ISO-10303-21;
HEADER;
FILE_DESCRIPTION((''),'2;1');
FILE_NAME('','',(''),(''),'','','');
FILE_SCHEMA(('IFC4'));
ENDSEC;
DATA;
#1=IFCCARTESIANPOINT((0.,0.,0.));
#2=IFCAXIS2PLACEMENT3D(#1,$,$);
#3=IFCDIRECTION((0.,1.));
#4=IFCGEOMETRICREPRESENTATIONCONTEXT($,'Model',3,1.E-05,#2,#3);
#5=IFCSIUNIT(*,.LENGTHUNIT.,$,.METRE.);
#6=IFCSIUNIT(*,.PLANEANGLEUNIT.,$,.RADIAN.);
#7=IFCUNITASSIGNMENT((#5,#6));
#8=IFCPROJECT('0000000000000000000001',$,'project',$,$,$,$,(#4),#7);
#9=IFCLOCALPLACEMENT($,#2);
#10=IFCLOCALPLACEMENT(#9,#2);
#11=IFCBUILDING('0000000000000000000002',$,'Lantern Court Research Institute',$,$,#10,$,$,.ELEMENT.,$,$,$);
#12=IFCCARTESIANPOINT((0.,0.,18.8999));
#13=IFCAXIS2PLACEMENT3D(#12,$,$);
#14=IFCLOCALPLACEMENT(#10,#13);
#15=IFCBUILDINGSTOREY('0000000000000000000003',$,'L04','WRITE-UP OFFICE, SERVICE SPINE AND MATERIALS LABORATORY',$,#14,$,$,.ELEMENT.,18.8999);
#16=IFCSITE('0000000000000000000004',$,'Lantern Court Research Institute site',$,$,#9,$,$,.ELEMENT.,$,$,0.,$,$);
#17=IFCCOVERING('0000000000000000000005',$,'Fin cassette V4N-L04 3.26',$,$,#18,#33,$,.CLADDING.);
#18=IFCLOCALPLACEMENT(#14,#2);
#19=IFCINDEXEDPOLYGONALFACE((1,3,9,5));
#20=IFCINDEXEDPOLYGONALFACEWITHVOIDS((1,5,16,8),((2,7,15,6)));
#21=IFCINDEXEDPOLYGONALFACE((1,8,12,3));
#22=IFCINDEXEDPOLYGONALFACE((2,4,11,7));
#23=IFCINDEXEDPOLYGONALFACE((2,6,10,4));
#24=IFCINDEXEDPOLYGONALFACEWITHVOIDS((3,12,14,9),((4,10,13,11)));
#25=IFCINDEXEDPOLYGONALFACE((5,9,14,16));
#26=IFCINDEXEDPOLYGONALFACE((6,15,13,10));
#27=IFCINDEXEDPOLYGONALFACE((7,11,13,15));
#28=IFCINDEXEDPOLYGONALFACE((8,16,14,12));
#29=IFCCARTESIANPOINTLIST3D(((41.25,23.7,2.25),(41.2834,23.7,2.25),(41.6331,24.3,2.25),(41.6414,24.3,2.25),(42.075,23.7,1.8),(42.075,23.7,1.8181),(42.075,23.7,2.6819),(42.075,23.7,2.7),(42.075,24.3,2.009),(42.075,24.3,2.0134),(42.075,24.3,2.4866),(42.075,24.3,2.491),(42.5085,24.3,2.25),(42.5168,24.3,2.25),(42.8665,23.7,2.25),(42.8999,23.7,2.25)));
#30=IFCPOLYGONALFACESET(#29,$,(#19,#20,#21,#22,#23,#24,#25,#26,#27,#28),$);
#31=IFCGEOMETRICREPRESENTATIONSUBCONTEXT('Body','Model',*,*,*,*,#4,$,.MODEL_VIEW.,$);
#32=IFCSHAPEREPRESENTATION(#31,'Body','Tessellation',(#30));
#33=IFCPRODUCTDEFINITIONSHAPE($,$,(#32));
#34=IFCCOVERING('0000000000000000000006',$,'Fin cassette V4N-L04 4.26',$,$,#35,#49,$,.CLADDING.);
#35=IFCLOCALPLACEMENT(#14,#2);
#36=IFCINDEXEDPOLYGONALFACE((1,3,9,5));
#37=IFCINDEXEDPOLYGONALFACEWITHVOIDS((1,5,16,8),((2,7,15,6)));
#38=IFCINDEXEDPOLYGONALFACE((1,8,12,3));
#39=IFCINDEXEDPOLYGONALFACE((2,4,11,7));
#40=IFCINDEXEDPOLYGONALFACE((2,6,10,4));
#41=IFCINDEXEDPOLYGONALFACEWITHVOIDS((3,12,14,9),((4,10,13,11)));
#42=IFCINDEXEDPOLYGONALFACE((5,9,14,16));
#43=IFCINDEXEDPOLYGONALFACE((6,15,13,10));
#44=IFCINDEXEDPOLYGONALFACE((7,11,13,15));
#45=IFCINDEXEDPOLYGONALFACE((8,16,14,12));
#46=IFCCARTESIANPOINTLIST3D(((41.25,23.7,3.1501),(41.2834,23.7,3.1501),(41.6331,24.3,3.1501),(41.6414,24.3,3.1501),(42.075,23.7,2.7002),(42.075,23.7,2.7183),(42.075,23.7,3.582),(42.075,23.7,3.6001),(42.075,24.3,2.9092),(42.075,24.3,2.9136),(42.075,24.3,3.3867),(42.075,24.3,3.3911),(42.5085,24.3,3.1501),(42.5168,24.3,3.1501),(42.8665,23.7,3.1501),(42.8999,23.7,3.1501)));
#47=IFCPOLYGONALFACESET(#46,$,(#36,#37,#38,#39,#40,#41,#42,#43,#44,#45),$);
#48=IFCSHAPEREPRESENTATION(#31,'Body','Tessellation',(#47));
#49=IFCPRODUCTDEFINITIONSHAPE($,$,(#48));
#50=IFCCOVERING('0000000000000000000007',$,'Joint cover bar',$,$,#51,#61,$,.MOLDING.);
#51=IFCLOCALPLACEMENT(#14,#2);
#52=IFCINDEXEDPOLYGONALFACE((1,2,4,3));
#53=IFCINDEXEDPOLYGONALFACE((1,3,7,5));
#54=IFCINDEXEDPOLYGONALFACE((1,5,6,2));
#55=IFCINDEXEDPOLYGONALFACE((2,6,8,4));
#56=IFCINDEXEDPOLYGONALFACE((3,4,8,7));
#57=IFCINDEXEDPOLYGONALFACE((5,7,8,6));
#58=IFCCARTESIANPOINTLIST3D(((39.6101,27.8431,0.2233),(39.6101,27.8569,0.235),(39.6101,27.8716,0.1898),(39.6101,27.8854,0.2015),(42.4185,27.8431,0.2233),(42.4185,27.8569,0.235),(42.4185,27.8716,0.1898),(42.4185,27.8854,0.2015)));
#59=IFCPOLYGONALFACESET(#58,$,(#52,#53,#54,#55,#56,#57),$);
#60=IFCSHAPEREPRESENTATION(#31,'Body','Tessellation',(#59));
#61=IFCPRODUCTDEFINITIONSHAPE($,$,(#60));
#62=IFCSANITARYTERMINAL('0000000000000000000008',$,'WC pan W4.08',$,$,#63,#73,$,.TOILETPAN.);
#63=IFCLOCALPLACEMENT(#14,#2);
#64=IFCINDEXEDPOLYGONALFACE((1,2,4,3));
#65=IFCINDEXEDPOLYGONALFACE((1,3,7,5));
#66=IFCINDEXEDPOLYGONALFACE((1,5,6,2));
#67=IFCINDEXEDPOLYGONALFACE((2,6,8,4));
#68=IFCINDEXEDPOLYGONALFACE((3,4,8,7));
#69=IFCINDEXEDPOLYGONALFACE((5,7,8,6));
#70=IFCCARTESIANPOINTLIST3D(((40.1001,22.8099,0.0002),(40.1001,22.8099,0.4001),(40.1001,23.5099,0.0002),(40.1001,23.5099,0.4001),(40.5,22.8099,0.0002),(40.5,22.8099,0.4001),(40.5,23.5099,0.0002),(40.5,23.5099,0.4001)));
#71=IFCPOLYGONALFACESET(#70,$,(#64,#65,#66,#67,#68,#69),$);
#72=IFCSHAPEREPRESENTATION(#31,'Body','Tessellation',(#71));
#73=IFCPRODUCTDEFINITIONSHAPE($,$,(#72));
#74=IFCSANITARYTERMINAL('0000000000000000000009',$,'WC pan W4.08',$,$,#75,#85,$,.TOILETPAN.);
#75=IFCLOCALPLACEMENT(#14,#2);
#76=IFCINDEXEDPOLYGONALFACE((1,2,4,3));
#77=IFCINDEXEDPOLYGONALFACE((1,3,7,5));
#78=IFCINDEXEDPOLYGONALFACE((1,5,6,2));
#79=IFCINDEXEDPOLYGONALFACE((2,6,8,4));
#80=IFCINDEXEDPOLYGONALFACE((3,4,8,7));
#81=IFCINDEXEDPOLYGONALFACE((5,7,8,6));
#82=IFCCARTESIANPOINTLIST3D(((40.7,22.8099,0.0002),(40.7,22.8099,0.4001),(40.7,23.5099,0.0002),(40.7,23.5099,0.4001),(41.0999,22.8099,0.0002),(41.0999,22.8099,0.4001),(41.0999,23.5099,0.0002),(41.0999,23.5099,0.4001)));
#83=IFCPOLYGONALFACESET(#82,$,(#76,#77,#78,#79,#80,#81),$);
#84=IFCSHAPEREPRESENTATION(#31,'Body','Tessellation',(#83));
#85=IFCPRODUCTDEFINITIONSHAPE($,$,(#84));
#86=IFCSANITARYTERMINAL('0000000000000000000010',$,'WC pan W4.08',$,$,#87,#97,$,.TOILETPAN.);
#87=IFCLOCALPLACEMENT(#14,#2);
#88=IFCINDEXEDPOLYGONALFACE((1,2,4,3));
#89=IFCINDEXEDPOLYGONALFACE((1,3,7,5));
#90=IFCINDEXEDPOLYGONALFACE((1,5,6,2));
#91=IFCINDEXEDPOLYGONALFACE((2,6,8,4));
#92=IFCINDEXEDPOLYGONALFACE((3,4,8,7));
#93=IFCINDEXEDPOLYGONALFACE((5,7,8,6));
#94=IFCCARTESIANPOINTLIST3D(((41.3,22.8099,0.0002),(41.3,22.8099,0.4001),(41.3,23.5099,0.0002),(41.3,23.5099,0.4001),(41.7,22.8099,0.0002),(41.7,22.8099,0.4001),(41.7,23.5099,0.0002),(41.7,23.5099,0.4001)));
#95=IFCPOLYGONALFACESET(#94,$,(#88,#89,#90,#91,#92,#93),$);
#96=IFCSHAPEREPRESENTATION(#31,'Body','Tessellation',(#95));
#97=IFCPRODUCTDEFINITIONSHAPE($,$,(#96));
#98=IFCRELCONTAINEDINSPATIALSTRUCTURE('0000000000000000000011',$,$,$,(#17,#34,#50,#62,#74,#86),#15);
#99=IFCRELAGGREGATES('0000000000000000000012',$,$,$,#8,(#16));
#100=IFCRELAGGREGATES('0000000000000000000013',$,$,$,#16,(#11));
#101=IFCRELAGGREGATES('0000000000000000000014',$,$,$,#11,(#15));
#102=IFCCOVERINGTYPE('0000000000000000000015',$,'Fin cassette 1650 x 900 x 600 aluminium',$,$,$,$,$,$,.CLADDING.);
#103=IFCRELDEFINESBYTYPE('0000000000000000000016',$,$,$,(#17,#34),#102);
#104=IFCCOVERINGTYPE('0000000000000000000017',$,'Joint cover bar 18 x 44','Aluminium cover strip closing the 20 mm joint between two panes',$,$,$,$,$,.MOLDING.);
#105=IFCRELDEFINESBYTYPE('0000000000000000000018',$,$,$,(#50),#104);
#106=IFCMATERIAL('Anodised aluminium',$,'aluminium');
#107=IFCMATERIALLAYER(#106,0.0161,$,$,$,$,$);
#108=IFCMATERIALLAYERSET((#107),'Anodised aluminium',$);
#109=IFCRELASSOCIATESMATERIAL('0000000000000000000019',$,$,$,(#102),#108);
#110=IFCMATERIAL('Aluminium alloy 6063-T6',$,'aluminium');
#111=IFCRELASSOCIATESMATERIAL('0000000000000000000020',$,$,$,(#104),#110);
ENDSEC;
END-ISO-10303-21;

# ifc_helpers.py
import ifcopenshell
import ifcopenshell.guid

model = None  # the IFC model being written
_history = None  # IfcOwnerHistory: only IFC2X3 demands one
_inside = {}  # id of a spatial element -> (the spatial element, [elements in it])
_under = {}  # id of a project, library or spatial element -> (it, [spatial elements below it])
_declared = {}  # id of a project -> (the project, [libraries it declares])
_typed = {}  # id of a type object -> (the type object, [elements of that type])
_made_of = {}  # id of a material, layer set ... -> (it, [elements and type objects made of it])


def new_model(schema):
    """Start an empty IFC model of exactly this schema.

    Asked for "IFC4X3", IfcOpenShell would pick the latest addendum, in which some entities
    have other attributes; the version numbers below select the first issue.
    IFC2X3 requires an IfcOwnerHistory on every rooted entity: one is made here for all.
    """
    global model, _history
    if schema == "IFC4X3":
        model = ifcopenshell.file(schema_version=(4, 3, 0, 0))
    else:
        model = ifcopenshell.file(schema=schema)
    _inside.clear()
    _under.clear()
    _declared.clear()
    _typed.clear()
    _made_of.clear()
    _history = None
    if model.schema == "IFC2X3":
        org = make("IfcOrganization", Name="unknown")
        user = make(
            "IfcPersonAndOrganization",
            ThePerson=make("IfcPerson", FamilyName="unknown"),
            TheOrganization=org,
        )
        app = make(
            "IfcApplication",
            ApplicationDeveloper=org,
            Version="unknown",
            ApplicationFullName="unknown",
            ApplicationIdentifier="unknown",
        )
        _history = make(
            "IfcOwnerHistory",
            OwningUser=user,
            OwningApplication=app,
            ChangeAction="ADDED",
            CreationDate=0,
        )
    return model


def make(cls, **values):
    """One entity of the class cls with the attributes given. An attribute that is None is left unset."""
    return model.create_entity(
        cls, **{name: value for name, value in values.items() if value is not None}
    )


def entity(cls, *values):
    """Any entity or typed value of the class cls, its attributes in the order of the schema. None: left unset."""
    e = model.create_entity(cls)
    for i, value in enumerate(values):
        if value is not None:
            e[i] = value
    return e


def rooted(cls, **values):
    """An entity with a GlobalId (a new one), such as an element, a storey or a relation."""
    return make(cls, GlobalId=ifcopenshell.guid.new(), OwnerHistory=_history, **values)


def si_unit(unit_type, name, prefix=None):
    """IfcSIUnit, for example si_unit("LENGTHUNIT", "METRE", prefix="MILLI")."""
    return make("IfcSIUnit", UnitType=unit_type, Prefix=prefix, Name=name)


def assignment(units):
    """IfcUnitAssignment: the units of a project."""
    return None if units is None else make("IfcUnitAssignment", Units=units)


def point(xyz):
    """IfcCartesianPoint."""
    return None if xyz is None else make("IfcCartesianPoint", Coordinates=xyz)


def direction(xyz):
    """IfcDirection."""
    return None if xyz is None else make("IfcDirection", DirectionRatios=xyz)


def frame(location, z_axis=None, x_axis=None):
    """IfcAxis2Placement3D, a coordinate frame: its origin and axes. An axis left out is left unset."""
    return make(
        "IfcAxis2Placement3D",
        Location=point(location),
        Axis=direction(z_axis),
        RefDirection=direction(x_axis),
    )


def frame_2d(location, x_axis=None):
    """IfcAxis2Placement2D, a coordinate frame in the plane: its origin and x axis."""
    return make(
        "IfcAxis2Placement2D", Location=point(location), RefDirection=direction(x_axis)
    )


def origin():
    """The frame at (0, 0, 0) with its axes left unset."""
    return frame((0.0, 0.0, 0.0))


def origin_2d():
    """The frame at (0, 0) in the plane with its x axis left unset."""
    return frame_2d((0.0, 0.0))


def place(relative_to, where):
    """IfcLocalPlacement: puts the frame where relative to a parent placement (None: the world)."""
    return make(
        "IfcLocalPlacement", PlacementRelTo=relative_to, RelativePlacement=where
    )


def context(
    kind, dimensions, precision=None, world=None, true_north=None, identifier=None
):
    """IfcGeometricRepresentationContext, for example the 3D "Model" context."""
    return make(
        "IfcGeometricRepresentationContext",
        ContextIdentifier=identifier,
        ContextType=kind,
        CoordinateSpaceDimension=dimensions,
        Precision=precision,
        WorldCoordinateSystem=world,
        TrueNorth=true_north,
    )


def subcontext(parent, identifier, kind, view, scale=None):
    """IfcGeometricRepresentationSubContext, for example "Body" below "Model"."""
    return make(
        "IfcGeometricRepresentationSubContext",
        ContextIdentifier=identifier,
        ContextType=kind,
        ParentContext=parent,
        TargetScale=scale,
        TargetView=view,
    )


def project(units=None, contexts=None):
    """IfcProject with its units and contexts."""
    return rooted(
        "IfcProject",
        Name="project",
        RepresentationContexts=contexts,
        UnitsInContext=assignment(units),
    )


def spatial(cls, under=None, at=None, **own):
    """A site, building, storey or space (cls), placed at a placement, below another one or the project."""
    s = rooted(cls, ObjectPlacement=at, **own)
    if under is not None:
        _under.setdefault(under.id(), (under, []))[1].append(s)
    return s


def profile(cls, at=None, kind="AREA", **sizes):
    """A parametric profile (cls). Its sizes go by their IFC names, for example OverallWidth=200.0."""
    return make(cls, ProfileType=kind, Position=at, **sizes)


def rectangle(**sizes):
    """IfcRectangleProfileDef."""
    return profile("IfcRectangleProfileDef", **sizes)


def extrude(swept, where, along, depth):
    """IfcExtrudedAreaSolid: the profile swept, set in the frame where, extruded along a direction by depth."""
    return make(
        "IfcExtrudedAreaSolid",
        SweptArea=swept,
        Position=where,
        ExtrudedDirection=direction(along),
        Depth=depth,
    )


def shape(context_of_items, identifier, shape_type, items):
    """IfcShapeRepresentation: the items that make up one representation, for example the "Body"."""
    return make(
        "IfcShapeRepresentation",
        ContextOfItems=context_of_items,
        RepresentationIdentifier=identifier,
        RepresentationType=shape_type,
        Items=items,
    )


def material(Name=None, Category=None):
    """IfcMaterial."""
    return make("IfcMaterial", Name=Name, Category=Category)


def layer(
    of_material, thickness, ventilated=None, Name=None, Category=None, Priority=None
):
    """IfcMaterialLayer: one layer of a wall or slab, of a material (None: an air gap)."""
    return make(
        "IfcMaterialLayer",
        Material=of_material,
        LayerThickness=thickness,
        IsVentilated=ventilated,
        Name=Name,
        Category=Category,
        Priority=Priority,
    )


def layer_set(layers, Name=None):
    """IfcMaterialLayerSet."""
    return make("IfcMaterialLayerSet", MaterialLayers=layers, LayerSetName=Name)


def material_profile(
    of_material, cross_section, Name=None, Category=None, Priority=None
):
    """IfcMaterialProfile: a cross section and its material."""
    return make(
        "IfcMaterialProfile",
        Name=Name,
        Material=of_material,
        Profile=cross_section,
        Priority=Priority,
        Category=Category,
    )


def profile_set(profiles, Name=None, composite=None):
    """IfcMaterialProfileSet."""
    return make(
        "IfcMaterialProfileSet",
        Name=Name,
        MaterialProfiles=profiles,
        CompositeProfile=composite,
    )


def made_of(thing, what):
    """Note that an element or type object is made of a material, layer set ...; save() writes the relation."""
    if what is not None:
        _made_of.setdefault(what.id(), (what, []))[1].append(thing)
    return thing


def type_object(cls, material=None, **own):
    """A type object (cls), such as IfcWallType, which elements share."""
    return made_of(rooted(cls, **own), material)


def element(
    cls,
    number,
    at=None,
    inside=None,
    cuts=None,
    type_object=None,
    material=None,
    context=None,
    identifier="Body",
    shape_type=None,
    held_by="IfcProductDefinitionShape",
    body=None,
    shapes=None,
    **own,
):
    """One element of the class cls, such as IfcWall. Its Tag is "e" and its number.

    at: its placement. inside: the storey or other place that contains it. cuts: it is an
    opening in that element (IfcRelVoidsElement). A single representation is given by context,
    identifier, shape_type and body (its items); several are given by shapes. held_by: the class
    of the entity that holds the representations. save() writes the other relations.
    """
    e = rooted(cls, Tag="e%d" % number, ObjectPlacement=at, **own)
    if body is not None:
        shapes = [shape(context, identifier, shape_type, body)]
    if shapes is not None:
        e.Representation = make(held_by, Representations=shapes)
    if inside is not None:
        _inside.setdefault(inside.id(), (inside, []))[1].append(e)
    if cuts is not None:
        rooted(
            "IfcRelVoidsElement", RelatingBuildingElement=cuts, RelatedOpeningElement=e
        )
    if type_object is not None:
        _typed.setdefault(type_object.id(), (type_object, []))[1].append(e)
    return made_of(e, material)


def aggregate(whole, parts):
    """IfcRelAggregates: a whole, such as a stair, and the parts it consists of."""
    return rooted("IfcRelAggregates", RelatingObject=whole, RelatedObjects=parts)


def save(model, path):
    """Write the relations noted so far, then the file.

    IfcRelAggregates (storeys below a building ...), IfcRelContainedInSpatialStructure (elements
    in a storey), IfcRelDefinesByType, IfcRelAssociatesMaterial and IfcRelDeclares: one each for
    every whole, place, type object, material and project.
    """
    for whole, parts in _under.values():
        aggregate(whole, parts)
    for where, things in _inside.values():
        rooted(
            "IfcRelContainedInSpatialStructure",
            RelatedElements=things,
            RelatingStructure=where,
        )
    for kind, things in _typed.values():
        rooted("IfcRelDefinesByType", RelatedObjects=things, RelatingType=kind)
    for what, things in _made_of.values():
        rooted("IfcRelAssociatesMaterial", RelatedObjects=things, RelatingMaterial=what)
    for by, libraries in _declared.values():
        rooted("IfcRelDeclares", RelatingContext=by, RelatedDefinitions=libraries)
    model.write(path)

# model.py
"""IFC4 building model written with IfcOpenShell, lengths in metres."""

from ifc_helpers import new_model, entity, si_unit, direction, frame, origin, origin_2d, place, context, subcontext, project, spatial, rectangle, extrude, material, layer, layer_set, material_profile, profile_set, type_object, element, save


model = new_model("IFC4")

# Units and contexts
model_context = context("Model", 3, precision=1e-05, world=origin(), true_north=direction((0.0, 1.0)))
body_context = subcontext(model_context, "Body", "Model", "MODEL_VIEW")
ifc_project = project(units=[si_unit("LENGTHUNIT", "METRE"), si_unit("PLANEANGLEUNIT", "RADIAN")], contexts=[model_context])

# Site, building, storey
site_placement = place(None, origin())
site = spatial("IfcSite", under=ifc_project, at=site_placement, Name="Lantern Court Research Institute site", CompositionType="ELEMENT", RefElevation=0.0)
building_placement = place(site_placement, origin())
building = spatial("IfcBuilding", under=site, at=building_placement, Name="Lantern Court Research Institute", CompositionType="ELEMENT")
storey_placement = place(building_placement, frame((0.0, 0.0, 18.8999)))
storey = spatial("IfcBuildingStorey", under=building, at=storey_placement, Name="L04", Description="WRITE-UP OFFICE, SERVICE SPINE AND MATERIALS LABORATORY", CompositionType="ELEMENT", Elevation=18.8999)

# Coverings
ifc_material_1 = material(Name="Anodised aluminium", Category="aluminium")
ifc_layer_1 = layer(ifc_material_1, 0.0161)
ifc_layer_set_1 = layer_set([ifc_layer_1], Name="Anodised aluminium")
covering_type_1 = type_object("IfcCoveringType", Name="Fin cassette 1650 x 900 x 600 aluminium", PredefinedType="CLADDING", material=ifc_layer_set_1)
covering_1_placement = place(storey_placement, frame((42.075, 23.7, 2.25), z_axis=(0.0, 1.0, 0.0), x_axis=(-1.0, 0.0, 0.0)))
cartesian_point_1 = entity("IfcCartesianPoint", [0.825, 0.0])
cartesian_point_2 = entity("IfcCartesianPoint", [0.7915, 0.0])
cartesian_point_3 = entity("IfcCartesianPoint", [0.4419, 0.0])
cartesian_point_4 = entity("IfcCartesianPoint", [0.4336, 0.0])
element("IfcCovering", 1, at=covering_1_placement, inside=storey, type_object=covering_type_1, Name="Fin cassette V4N-L04 3.26", PredefinedType="CLADDING", context=body_context, shape_type="SweptSolid", body=[
    entity("IfcExtrudedAreaSolidTapered", entity("IfcArbitraryProfileDefWithVoids", "AREA", None, entity("IfcPolyline", [cartesian_point_1, entity("IfcCartesianPoint", [0.0, 0.45]), entity("IfcCartesianPoint", [-0.825, 0.0]), entity("IfcCartesianPoint", [0.0, -0.45]), cartesian_point_1]), [entity("IfcPolyline", [cartesian_point_2, entity("IfcCartesianPoint", [0.0, 0.4319]), entity("IfcCartesianPoint", [-0.7915, 0.0]), entity("IfcCartesianPoint", [0.0, -0.4319]), cartesian_point_2])]), entity("IfcAxis2Placement3D", entity("IfcCartesianPoint", [0.0, 0.0, 0.0])), entity("IfcDirection", [0.0, 0.0, 1.0]), 0.6001, entity("IfcArbitraryProfileDefWithVoids", "AREA", None, entity("IfcPolyline", [cartesian_point_3, entity("IfcCartesianPoint", [0.0, 0.241]), entity("IfcCartesianPoint", [-0.4419, 0.0]), entity("IfcCartesianPoint", [0.0, -0.241]), cartesian_point_3]), [entity("IfcPolyline", [cartesian_point_4, entity("IfcCartesianPoint", [0.0, 0.2366]), entity("IfcCartesianPoint", [-0.4336, 0.0]), entity("IfcCartesianPoint", [0.0, -0.2366]), cartesian_point_4])])),
])
covering_2_placement = place(storey_placement, frame((42.075, 23.7, 3.1501), z_axis=(0.0, 1.0, 0.0), x_axis=(-1.0, 0.0, 0.0)))
cartesian_point_5 = entity("IfcCartesianPoint", [0.825, 0.0])
cartesian_point_6 = entity("IfcCartesianPoint", [0.7915, 0.0])
cartesian_point_7 = entity("IfcCartesianPoint", [0.4419, 0.0])
cartesian_point_8 = entity("IfcCartesianPoint", [0.4336, 0.0])
element("IfcCovering", 2, at=covering_2_placement, inside=storey, type_object=covering_type_1, Name="Fin cassette V4N-L04 4.26", PredefinedType="CLADDING", context=body_context, shape_type="SweptSolid", body=[
    entity("IfcExtrudedAreaSolidTapered", entity("IfcArbitraryProfileDefWithVoids", "AREA", None, entity("IfcPolyline", [cartesian_point_5, entity("IfcCartesianPoint", [0.0, 0.45]), entity("IfcCartesianPoint", [-0.825, 0.0]), entity("IfcCartesianPoint", [0.0, -0.45]), cartesian_point_5]), [entity("IfcPolyline", [cartesian_point_6, entity("IfcCartesianPoint", [0.0, 0.4319]), entity("IfcCartesianPoint", [-0.7915, 0.0]), entity("IfcCartesianPoint", [0.0, -0.4319]), cartesian_point_6])]), entity("IfcAxis2Placement3D", entity("IfcCartesianPoint", [0.0, 0.0, 0.0])), entity("IfcDirection", [0.0, 0.0, 1.0]), 0.6001, entity("IfcArbitraryProfileDefWithVoids", "AREA", None, entity("IfcPolyline", [cartesian_point_7, entity("IfcCartesianPoint", [0.0, 0.241]), entity("IfcCartesianPoint", [-0.4419, 0.0]), entity("IfcCartesianPoint", [0.0, -0.241]), cartesian_point_7]), [entity("IfcPolyline", [cartesian_point_8, entity("IfcCartesianPoint", [0.0, 0.2366]), entity("IfcCartesianPoint", [-0.4336, 0.0]), entity("IfcCartesianPoint", [0.0, -0.2366]), cartesian_point_8])])),
])
ifc_material_2 = material(Name="Aluminium alloy 6063-T6", Category="aluminium")
ifc_material_profile_1 = material_profile(ifc_material_2, rectangle(XDim=0.0181, YDim=0.0439, at=origin_2d()), Name="Joint cover bar 18 x 44")
ifc_profile_set_1 = profile_set([ifc_material_profile_1], Name="Aluminium alloy 6063-T6")
covering_type_2 = type_object("IfcCoveringType", Name="Joint cover bar 18 x 44", Description="Aluminium cover strip closing the 20 mm joint between two panes", PredefinedType="MOLDING", material=ifc_profile_set_1)
covering_3_placement = place(storey_placement, frame((39.6101, 27.8643, 0.2124), z_axis=(1.0, 0.0, 0.0), x_axis=(0.0, 0.761673, 0.647962)))
element("IfcCovering", 3, at=covering_3_placement, inside=storey, type_object=covering_type_2, Name="Joint cover bar", PredefinedType="MOLDING", context=body_context, shape_type="SweptSolid", body=[
    extrude(rectangle(XDim=0.0181, YDim=0.0439, at=origin_2d()), origin(), (0.0, 0.0, 1.0), 2.8083),
])

# Sanitary terminals
for number, where, z_axis, x_axis, name in (
    (4, (40.3, 23.1599, 0.0002), (0.0, 0.0, 1.0), (1.0, 0.0, 0.0), "WC pan W4.08"),
    (5, (40.8999, 23.1599, 0.0002), (0.0, 0.0, 1.0), (1.0, 0.0, 0.0), "WC pan W4.08"),
    (6, (41.5, 23.1599, 0.0002), (0.0, 0.0, 1.0), (1.0, 0.0, 0.0), "WC pan W4.08"),
):
    element("IfcSanitaryTerminal", number, at=place(storey_placement, frame(where, z_axis=z_axis, x_axis=x_axis)), inside=storey, Name=name, PredefinedType="TOILETPAN", context=body_context, shape_type="SweptSolid", body=[
        extrude(rectangle(XDim=0.3999, YDim=0.7, at=origin_2d()), origin(), (0.0, 0.0, 1.0), 0.3999),
    ])

save(model, "model.ifc")
